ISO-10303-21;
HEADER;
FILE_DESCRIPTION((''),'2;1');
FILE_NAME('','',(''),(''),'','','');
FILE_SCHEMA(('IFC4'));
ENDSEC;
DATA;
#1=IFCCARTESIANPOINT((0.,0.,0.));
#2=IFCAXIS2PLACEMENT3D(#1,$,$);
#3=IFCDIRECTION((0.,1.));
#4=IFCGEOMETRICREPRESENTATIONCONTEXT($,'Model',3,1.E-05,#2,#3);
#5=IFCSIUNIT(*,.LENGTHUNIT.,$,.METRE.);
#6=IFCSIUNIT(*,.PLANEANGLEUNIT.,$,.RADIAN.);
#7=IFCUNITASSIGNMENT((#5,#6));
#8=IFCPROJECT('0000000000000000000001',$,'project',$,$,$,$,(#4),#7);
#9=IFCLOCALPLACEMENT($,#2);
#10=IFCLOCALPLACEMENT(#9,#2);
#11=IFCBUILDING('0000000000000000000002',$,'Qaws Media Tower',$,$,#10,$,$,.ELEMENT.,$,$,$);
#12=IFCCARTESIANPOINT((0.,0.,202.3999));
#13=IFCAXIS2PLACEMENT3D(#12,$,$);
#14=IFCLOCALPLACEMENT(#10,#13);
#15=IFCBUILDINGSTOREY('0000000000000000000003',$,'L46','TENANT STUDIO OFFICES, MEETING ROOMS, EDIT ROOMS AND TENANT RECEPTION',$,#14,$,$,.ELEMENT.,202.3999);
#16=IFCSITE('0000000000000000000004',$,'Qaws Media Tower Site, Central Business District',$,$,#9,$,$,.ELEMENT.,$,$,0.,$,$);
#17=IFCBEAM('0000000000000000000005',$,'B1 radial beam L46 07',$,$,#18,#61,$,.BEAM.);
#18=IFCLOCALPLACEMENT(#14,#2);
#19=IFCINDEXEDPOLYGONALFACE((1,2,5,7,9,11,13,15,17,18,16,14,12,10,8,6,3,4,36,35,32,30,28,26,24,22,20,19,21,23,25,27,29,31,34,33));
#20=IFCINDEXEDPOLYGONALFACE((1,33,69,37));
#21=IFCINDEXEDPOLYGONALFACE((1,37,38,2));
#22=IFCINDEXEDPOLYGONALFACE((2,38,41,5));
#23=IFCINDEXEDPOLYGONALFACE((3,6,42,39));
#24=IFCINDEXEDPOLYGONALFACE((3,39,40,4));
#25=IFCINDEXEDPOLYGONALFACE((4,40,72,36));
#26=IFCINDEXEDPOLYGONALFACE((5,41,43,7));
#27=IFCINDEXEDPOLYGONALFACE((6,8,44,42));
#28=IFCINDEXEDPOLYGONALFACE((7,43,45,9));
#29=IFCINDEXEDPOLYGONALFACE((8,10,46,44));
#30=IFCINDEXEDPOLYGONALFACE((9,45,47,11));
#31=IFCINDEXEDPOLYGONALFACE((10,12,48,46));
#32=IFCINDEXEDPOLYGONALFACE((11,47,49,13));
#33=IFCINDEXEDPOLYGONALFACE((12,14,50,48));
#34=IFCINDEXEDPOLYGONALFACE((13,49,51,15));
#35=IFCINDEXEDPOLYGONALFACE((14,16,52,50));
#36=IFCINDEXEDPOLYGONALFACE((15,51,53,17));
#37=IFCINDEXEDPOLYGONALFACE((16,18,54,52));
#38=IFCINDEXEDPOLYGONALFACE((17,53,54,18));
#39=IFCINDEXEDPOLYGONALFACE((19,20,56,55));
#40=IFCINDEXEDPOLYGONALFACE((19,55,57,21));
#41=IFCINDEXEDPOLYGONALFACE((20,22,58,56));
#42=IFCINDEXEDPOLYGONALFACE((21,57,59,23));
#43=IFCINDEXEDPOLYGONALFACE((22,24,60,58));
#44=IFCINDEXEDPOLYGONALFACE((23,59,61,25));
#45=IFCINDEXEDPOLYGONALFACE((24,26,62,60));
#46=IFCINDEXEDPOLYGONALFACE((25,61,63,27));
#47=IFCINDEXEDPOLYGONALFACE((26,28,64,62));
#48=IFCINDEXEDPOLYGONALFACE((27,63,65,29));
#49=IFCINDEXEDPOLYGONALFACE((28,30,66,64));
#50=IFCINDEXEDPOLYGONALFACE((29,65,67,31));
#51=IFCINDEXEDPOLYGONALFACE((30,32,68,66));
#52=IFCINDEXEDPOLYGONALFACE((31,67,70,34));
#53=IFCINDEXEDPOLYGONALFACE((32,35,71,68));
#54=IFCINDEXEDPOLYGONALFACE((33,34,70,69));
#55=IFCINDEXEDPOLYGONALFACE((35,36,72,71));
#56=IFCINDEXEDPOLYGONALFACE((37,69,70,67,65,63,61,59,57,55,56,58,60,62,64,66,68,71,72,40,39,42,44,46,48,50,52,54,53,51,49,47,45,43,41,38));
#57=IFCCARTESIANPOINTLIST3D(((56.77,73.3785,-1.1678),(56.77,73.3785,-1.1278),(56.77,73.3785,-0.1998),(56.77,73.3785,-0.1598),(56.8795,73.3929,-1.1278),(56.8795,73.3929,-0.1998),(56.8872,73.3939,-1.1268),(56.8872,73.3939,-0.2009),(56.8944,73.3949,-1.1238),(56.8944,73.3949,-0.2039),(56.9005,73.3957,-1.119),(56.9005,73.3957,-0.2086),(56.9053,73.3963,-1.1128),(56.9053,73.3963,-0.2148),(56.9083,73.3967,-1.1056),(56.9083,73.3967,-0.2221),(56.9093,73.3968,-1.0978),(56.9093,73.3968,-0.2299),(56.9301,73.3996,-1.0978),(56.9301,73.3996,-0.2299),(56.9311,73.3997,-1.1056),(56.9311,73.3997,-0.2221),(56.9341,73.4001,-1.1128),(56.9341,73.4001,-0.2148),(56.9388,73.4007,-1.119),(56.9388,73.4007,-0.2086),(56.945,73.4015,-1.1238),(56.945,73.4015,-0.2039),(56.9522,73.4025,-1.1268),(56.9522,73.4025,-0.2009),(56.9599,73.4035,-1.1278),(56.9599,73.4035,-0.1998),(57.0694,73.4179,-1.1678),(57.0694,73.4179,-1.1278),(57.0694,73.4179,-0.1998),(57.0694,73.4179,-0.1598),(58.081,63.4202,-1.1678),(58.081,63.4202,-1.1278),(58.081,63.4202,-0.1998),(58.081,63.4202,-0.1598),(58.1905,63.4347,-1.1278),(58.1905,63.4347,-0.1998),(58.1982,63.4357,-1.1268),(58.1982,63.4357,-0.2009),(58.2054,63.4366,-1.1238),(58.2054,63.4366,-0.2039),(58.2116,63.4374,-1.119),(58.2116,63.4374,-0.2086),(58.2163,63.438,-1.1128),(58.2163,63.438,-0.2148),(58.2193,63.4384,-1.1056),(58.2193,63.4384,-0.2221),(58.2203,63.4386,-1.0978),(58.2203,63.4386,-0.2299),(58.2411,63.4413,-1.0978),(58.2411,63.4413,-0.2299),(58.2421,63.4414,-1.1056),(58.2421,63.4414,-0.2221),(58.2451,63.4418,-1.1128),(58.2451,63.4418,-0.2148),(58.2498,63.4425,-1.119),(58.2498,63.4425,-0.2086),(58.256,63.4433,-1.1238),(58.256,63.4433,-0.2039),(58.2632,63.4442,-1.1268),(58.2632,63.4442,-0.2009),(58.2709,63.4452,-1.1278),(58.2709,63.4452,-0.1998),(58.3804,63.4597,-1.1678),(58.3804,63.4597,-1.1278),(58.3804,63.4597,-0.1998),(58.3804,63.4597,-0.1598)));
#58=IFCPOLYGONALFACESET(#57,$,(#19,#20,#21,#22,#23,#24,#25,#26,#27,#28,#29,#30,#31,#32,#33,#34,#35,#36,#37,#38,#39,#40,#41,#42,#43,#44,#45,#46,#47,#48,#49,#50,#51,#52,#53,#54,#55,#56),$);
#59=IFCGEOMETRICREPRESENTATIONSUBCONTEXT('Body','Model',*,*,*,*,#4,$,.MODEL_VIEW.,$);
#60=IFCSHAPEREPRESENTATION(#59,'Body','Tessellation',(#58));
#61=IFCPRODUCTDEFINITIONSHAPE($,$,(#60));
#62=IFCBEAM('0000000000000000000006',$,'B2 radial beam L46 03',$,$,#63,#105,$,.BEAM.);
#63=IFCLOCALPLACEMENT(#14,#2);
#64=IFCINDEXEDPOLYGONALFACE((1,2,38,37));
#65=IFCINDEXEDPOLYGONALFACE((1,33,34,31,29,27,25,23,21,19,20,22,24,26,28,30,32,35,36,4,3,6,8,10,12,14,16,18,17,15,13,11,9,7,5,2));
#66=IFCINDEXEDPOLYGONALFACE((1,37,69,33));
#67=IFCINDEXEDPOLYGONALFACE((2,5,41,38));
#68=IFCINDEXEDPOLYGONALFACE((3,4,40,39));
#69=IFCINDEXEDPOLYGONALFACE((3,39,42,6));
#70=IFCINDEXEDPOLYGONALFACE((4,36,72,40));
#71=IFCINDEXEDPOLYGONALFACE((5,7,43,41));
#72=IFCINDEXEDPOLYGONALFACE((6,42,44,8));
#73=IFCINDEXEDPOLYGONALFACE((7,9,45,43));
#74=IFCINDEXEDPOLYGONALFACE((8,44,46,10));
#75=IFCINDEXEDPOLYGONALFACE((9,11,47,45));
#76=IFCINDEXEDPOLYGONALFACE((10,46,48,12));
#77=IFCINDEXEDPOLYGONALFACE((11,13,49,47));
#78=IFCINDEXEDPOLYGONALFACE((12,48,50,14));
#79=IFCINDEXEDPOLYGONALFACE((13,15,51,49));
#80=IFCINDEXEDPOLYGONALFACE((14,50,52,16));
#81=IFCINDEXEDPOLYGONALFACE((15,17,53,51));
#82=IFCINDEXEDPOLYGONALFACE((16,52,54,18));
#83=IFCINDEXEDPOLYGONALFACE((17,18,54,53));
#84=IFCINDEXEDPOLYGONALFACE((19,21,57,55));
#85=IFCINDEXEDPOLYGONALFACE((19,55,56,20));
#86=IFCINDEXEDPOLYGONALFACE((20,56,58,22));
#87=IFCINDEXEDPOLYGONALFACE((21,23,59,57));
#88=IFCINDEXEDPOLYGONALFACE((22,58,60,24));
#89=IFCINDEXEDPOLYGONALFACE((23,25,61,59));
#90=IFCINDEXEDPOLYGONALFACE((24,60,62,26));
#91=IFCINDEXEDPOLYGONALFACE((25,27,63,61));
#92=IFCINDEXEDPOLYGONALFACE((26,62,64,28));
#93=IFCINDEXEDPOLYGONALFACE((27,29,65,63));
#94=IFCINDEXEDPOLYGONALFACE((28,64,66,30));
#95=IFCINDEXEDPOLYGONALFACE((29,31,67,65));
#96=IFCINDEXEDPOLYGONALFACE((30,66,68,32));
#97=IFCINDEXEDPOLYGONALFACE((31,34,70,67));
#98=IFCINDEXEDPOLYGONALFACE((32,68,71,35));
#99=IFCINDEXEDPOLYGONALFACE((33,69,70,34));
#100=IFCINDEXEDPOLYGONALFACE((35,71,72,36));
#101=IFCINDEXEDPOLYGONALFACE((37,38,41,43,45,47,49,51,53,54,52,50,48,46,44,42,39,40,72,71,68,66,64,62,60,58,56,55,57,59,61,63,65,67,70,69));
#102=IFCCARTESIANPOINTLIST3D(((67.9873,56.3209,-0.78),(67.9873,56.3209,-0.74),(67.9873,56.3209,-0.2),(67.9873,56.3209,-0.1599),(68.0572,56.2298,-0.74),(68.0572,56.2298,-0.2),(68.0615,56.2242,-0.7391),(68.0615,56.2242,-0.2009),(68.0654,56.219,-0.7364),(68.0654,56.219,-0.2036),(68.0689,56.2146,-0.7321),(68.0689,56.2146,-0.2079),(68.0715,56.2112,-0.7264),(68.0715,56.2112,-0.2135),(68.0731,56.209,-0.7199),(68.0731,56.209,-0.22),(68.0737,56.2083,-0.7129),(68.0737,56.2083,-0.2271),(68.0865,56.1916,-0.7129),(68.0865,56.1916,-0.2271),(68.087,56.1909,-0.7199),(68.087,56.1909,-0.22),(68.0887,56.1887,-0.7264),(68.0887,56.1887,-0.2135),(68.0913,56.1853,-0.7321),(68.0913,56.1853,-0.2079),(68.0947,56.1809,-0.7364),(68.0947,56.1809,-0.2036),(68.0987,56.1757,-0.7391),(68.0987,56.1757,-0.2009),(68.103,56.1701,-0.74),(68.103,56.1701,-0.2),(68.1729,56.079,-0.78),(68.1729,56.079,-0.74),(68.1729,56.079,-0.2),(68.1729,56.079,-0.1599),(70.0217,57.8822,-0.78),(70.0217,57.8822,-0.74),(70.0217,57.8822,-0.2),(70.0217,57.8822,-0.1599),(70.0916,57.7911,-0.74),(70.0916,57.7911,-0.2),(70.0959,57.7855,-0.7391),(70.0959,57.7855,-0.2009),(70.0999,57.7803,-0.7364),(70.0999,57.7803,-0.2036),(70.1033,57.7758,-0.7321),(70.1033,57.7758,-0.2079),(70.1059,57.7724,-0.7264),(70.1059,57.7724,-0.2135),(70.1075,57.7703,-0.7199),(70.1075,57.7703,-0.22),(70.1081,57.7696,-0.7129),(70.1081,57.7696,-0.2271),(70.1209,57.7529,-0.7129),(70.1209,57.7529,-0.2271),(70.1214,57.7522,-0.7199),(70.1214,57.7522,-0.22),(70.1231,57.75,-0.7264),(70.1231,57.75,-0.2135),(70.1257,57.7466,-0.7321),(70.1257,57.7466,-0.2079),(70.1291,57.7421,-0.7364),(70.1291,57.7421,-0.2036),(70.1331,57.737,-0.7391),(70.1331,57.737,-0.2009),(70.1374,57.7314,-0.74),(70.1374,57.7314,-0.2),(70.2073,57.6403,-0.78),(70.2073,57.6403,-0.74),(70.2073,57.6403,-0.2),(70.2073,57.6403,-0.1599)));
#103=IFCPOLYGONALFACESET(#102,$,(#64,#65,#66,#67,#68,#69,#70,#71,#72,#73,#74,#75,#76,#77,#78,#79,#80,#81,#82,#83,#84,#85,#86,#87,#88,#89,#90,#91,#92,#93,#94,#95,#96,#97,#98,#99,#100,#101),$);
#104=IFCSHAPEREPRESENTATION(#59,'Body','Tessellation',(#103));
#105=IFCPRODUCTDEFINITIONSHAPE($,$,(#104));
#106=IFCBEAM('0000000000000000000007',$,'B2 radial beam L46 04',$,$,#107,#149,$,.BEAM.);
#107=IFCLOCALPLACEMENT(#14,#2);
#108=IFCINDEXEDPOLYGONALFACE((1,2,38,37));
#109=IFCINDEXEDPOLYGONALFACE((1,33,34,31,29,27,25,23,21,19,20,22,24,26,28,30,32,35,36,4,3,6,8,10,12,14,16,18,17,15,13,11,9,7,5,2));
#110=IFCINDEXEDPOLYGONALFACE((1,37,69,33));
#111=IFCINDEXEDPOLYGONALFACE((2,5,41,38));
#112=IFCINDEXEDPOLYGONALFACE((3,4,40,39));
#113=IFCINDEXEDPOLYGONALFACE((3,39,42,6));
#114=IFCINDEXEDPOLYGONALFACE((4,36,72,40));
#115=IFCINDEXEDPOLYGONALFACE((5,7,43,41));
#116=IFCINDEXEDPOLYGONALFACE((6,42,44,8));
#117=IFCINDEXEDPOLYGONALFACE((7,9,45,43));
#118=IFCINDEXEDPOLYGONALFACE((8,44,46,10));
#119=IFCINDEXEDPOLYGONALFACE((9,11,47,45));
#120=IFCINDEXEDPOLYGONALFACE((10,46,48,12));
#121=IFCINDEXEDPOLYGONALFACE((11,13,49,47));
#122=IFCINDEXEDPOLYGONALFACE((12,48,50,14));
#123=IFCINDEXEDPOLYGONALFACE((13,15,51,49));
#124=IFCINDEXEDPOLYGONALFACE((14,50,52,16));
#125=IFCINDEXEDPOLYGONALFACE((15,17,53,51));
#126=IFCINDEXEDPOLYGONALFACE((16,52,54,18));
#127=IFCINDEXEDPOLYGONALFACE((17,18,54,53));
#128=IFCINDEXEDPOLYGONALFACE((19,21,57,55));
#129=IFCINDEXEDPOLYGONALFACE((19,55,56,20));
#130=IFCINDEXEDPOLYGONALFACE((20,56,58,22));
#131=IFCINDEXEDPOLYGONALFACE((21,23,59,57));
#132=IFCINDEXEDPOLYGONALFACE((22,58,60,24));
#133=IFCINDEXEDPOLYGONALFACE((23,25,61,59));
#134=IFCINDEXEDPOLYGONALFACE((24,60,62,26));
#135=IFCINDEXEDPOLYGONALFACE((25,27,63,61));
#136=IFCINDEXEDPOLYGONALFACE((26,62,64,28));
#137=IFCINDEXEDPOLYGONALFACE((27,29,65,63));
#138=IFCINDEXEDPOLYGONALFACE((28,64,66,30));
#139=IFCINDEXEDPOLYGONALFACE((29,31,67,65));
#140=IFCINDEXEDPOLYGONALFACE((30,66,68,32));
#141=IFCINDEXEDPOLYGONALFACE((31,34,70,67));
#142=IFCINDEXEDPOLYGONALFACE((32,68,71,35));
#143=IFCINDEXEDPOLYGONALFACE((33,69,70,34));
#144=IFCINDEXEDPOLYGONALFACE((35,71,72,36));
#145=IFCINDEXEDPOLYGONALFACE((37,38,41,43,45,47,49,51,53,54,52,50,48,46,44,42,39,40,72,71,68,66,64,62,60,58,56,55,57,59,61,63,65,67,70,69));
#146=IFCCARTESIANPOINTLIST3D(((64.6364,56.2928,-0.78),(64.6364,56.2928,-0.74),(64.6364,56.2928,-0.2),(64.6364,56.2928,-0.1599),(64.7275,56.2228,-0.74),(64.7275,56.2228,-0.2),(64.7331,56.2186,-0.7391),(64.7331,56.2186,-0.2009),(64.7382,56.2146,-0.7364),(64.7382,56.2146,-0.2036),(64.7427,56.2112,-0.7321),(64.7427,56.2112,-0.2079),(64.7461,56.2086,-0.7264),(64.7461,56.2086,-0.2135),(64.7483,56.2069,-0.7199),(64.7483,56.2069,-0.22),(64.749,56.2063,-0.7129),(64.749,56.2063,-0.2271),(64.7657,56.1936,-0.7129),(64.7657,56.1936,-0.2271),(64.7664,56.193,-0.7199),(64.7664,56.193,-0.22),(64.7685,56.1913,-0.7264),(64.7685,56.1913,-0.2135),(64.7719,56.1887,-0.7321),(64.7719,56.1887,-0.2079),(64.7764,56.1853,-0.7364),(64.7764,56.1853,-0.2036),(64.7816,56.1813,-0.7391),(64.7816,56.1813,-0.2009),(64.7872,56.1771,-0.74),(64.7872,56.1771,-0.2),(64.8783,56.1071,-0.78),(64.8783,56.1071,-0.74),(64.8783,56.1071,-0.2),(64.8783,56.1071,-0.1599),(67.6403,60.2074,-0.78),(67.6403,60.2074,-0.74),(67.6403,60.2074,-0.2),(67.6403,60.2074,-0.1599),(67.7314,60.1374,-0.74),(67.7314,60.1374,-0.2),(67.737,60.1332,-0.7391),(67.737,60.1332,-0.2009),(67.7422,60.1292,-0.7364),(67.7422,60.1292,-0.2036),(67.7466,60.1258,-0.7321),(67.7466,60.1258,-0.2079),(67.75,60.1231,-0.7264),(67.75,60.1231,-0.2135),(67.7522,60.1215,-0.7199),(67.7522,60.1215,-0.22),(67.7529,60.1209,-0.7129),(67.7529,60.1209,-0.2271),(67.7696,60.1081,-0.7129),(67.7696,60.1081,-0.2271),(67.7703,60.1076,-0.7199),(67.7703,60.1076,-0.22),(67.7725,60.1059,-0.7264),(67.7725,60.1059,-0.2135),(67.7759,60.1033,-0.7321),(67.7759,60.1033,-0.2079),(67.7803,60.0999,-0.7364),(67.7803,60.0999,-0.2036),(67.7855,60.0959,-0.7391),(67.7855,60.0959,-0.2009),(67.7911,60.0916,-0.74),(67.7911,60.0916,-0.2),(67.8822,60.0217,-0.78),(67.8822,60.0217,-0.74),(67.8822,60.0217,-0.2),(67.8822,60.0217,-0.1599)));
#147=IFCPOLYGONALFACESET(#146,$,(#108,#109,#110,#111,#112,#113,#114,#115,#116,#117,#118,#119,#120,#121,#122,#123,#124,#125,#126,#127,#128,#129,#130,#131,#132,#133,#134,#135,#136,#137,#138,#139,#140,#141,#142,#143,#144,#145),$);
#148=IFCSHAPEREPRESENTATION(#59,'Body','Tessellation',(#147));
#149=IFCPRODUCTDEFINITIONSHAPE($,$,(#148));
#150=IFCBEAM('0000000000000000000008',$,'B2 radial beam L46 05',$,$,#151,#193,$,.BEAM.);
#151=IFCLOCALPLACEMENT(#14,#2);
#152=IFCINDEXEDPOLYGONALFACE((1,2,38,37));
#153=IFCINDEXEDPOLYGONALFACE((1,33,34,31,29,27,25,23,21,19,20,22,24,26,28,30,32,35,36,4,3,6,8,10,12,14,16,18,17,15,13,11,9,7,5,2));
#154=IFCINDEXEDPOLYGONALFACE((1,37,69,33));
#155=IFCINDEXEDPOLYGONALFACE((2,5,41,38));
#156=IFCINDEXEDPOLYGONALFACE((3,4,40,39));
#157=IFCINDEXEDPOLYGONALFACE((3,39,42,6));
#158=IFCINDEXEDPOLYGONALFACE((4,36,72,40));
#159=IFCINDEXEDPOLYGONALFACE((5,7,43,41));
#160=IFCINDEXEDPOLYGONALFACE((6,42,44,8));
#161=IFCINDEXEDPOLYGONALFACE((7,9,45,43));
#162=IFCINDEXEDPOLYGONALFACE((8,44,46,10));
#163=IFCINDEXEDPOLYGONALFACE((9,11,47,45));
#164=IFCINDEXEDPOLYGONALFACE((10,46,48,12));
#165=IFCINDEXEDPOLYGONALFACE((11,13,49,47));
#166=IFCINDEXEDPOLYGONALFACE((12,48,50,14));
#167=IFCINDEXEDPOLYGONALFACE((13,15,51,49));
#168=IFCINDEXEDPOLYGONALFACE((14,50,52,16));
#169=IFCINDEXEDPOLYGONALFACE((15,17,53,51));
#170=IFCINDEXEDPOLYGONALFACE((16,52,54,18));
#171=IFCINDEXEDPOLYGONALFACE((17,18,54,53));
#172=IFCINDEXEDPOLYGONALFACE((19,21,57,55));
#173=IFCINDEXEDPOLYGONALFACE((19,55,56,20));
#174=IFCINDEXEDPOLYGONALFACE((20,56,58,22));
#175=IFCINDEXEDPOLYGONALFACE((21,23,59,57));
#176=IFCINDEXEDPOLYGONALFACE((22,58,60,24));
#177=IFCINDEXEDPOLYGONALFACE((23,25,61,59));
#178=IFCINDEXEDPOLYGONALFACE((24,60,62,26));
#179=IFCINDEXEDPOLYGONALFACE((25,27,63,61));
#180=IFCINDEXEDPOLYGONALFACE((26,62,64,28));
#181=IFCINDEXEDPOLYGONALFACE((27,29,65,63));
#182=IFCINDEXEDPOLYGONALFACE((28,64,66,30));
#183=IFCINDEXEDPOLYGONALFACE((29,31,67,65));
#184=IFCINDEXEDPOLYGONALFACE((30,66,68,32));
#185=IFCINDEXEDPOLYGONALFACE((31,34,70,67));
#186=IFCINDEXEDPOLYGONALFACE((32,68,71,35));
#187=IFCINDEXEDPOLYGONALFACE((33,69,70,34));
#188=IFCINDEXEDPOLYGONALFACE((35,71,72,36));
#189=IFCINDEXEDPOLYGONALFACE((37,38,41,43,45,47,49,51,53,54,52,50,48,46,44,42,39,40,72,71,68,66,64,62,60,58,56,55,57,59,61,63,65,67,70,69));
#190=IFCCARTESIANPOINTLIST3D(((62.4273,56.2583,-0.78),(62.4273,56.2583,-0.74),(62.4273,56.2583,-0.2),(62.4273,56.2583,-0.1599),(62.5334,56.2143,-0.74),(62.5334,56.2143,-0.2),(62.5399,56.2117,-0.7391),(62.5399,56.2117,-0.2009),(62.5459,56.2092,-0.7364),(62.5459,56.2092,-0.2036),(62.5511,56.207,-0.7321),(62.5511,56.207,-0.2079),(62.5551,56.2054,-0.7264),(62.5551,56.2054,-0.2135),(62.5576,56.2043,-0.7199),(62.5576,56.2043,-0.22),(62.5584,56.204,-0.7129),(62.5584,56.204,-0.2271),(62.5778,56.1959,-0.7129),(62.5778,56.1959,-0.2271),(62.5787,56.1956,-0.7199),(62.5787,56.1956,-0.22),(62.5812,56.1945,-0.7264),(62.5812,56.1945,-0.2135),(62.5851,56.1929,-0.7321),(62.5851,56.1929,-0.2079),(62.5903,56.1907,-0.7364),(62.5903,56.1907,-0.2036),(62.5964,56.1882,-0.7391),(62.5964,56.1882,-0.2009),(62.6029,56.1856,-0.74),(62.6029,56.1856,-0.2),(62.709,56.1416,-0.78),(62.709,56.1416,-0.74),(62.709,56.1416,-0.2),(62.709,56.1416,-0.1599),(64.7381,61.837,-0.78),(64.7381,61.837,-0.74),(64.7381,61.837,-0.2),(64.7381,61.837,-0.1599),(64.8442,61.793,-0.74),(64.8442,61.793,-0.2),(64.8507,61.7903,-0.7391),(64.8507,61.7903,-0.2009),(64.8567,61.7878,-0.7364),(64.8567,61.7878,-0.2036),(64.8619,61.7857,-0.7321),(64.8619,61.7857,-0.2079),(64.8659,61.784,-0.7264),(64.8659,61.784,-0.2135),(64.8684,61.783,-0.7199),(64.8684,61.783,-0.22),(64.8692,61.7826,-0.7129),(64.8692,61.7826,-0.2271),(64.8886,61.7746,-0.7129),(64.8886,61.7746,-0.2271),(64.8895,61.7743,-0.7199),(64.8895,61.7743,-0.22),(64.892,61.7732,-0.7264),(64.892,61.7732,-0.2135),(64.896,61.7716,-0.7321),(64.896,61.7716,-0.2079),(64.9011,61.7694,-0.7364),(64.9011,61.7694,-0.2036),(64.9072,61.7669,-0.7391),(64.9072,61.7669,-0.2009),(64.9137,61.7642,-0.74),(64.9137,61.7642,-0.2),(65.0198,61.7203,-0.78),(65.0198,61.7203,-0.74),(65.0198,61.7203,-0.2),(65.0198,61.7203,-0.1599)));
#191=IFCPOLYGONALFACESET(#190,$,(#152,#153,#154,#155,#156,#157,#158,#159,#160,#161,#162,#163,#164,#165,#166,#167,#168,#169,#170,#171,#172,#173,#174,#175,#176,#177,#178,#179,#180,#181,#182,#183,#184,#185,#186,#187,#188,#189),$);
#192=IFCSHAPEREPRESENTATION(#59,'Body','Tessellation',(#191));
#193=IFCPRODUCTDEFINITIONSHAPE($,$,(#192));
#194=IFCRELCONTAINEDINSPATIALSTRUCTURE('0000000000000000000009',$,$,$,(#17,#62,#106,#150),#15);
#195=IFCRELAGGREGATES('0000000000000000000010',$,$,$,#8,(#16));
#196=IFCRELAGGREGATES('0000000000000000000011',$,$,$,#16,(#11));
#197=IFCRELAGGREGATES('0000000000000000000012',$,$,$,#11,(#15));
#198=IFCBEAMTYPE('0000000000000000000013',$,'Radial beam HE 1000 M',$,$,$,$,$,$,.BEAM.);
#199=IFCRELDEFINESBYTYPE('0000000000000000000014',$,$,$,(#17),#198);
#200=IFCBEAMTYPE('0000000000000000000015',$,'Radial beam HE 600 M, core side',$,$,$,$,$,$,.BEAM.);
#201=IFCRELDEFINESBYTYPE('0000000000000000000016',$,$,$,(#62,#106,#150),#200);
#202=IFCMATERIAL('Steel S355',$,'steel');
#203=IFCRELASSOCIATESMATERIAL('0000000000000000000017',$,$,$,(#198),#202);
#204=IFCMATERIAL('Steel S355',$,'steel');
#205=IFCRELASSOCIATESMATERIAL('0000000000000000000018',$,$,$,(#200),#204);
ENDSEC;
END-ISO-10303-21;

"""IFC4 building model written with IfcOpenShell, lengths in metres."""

from ifc_helpers import new_model, si_unit, direction, frame, origin, origin_2d, place, context, subcontext, project, spatial, i_section, extrude, material, material_profile, profile_set, type_object, element, save


model = new_model("IFC4")

# Units and contexts
model_context = context("Model", 3, precision=1e-05, world=origin(), true_north=direction((0.0, 1.0)))
body_context = subcontext(model_context, "Body", "Model", "MODEL_VIEW")
ifc_project = project(units=[si_unit("LENGTHUNIT", "METRE"), si_unit("PLANEANGLEUNIT", "RADIAN")], contexts=[model_context])

# Site, building, storey
site_placement = place(None, origin())
site = spatial("IfcSite", under=ifc_project, at=site_placement, Name="Qaws Media Tower Site, Central Business District", CompositionType="ELEMENT", RefElevation=0.0)
building_placement = place(site_placement, origin())
building = spatial("IfcBuilding", under=site, at=building_placement, Name="Qaws Media Tower", CompositionType="ELEMENT")
storey_placement = place(building_placement, frame((0.0, 0.0, 202.3999)))
storey = spatial("IfcBuildingStorey", under=building, at=storey_placement, Name="L46", Description="TENANT STUDIO OFFICES, MEETING ROOMS, EDIT ROOMS AND TENANT RECEPTION", CompositionType="ELEMENT", Elevation=202.3999)

# Beams
ifc_material_1 = material(Name="Steel S355", Category="steel")
ifc_material_profile_1 = material_profile(ifc_material_1, i_section(OverallWidth=0.302, OverallDepth=1.0081, WebThickness=0.021, FlangeThickness=0.04, FilletRadius=0.03, at=origin_2d()), Name="HE 1000 M")
ifc_profile_set_1 = profile_set([ifc_material_profile_1], Name="Steel S355")
beam_type_1 = type_object("IfcBeamType", Name="Radial beam HE 1000 M", PredefinedType="BEAM", material=ifc_profile_set_1)
for number, where, z_axis, x_axis, name in (
    (1, (58.2307, 63.4399, -0.6638), (-0.130527, 0.991445, 0.0), (-0.991445, -0.130527, 0.0), "B1 radial beam L46 07"),
):
    element("IfcBeam", number, at=place(storey_placement, frame(where, z_axis=z_axis, x_axis=x_axis)), inside=storey, type_object=beam_type_1, Name=name, PredefinedType="BEAM", context=body_context, shape_type="SweptSolid", body=[
        extrude(i_section(OverallWidth=0.302, OverallDepth=1.0081, WebThickness=0.021, FlangeThickness=0.04, FilletRadius=0.03, at=origin_2d()), origin(), (0.0, 0.0, 1.0), 10.0442),
    ])
ifc_material_2 = material(Name="Steel S355", Category="steel")
ifc_material_profile_2 = material_profile(ifc_material_2, i_section(OverallWidth=0.3049, OverallDepth=0.6201, WebThickness=0.021, FlangeThickness=0.04, FilletRadius=0.0271, at=origin_2d()), Name="HE 600 M")
ifc_profile_set_2 = profile_set([ifc_material_profile_2], Name="Steel S355")
beam_type_2 = type_object("IfcBeamType", Name="Radial beam HE 600 M, core side", PredefinedType="BEAM", material=ifc_profile_set_2)
beam_1_placement = place(storey_placement, frame((68.0801, 56.2, -0.47), z_axis=(0.793314, 0.608813, 0.0), x_axis=(-0.608813, 0.793314, 0.0)))
element("IfcBeam", 2, at=beam_1_placement, inside=storey, type_object=beam_type_2, Name="B2 radial beam L46 03", PredefinedType="BEAM", context=body_context, shape_type="SweptSolid", body=[
    extrude(i_section(OverallWidth=0.3049, OverallDepth=0.6201, WebThickness=0.021, FlangeThickness=0.04, FilletRadius=0.0271, at=origin_2d()), origin(), (0.0, 0.0, 1.0), 2.5645),
])
beam_2_placement = place(storey_placement, frame((64.7573, 56.2, -0.47), z_axis=(0.608783, 0.793337, 0.0), x_axis=(-0.793337, 0.608783, 0.0)))
element("IfcBeam", 3, at=beam_2_placement, inside=storey, type_object=beam_type_2, Name="B2 radial beam L46 04", PredefinedType="BEAM", context=body_context, shape_type="SweptSolid", body=[
    extrude(i_section(OverallWidth=0.3049, OverallDepth=0.6201, WebThickness=0.021, FlangeThickness=0.04, FilletRadius=0.0271, at=origin_2d()), origin(), (0.0, 0.0, 1.0), 4.9343),
])
beam_3_placement = place(storey_placement, frame((62.5681, 56.2, -0.47), z_axis=(0.382691, 0.923876, 0.0), x_axis=(-0.923876, 0.382691, 0.0)))
element("IfcBeam", 4, at=beam_3_placement, inside=storey, type_object=beam_type_2, Name="B2 radial beam L46 05", PredefinedType="BEAM", context=body_context, shape_type="SweptSolid", body=[
    extrude(i_section(OverallWidth=0.3049, OverallDepth=0.6201, WebThickness=0.021, FlangeThickness=0.04, FilletRadius=0.0271, at=origin_2d()), origin(), (0.0, 0.0, 1.0), 6.0383),
])

save(model, "model.ifc")
